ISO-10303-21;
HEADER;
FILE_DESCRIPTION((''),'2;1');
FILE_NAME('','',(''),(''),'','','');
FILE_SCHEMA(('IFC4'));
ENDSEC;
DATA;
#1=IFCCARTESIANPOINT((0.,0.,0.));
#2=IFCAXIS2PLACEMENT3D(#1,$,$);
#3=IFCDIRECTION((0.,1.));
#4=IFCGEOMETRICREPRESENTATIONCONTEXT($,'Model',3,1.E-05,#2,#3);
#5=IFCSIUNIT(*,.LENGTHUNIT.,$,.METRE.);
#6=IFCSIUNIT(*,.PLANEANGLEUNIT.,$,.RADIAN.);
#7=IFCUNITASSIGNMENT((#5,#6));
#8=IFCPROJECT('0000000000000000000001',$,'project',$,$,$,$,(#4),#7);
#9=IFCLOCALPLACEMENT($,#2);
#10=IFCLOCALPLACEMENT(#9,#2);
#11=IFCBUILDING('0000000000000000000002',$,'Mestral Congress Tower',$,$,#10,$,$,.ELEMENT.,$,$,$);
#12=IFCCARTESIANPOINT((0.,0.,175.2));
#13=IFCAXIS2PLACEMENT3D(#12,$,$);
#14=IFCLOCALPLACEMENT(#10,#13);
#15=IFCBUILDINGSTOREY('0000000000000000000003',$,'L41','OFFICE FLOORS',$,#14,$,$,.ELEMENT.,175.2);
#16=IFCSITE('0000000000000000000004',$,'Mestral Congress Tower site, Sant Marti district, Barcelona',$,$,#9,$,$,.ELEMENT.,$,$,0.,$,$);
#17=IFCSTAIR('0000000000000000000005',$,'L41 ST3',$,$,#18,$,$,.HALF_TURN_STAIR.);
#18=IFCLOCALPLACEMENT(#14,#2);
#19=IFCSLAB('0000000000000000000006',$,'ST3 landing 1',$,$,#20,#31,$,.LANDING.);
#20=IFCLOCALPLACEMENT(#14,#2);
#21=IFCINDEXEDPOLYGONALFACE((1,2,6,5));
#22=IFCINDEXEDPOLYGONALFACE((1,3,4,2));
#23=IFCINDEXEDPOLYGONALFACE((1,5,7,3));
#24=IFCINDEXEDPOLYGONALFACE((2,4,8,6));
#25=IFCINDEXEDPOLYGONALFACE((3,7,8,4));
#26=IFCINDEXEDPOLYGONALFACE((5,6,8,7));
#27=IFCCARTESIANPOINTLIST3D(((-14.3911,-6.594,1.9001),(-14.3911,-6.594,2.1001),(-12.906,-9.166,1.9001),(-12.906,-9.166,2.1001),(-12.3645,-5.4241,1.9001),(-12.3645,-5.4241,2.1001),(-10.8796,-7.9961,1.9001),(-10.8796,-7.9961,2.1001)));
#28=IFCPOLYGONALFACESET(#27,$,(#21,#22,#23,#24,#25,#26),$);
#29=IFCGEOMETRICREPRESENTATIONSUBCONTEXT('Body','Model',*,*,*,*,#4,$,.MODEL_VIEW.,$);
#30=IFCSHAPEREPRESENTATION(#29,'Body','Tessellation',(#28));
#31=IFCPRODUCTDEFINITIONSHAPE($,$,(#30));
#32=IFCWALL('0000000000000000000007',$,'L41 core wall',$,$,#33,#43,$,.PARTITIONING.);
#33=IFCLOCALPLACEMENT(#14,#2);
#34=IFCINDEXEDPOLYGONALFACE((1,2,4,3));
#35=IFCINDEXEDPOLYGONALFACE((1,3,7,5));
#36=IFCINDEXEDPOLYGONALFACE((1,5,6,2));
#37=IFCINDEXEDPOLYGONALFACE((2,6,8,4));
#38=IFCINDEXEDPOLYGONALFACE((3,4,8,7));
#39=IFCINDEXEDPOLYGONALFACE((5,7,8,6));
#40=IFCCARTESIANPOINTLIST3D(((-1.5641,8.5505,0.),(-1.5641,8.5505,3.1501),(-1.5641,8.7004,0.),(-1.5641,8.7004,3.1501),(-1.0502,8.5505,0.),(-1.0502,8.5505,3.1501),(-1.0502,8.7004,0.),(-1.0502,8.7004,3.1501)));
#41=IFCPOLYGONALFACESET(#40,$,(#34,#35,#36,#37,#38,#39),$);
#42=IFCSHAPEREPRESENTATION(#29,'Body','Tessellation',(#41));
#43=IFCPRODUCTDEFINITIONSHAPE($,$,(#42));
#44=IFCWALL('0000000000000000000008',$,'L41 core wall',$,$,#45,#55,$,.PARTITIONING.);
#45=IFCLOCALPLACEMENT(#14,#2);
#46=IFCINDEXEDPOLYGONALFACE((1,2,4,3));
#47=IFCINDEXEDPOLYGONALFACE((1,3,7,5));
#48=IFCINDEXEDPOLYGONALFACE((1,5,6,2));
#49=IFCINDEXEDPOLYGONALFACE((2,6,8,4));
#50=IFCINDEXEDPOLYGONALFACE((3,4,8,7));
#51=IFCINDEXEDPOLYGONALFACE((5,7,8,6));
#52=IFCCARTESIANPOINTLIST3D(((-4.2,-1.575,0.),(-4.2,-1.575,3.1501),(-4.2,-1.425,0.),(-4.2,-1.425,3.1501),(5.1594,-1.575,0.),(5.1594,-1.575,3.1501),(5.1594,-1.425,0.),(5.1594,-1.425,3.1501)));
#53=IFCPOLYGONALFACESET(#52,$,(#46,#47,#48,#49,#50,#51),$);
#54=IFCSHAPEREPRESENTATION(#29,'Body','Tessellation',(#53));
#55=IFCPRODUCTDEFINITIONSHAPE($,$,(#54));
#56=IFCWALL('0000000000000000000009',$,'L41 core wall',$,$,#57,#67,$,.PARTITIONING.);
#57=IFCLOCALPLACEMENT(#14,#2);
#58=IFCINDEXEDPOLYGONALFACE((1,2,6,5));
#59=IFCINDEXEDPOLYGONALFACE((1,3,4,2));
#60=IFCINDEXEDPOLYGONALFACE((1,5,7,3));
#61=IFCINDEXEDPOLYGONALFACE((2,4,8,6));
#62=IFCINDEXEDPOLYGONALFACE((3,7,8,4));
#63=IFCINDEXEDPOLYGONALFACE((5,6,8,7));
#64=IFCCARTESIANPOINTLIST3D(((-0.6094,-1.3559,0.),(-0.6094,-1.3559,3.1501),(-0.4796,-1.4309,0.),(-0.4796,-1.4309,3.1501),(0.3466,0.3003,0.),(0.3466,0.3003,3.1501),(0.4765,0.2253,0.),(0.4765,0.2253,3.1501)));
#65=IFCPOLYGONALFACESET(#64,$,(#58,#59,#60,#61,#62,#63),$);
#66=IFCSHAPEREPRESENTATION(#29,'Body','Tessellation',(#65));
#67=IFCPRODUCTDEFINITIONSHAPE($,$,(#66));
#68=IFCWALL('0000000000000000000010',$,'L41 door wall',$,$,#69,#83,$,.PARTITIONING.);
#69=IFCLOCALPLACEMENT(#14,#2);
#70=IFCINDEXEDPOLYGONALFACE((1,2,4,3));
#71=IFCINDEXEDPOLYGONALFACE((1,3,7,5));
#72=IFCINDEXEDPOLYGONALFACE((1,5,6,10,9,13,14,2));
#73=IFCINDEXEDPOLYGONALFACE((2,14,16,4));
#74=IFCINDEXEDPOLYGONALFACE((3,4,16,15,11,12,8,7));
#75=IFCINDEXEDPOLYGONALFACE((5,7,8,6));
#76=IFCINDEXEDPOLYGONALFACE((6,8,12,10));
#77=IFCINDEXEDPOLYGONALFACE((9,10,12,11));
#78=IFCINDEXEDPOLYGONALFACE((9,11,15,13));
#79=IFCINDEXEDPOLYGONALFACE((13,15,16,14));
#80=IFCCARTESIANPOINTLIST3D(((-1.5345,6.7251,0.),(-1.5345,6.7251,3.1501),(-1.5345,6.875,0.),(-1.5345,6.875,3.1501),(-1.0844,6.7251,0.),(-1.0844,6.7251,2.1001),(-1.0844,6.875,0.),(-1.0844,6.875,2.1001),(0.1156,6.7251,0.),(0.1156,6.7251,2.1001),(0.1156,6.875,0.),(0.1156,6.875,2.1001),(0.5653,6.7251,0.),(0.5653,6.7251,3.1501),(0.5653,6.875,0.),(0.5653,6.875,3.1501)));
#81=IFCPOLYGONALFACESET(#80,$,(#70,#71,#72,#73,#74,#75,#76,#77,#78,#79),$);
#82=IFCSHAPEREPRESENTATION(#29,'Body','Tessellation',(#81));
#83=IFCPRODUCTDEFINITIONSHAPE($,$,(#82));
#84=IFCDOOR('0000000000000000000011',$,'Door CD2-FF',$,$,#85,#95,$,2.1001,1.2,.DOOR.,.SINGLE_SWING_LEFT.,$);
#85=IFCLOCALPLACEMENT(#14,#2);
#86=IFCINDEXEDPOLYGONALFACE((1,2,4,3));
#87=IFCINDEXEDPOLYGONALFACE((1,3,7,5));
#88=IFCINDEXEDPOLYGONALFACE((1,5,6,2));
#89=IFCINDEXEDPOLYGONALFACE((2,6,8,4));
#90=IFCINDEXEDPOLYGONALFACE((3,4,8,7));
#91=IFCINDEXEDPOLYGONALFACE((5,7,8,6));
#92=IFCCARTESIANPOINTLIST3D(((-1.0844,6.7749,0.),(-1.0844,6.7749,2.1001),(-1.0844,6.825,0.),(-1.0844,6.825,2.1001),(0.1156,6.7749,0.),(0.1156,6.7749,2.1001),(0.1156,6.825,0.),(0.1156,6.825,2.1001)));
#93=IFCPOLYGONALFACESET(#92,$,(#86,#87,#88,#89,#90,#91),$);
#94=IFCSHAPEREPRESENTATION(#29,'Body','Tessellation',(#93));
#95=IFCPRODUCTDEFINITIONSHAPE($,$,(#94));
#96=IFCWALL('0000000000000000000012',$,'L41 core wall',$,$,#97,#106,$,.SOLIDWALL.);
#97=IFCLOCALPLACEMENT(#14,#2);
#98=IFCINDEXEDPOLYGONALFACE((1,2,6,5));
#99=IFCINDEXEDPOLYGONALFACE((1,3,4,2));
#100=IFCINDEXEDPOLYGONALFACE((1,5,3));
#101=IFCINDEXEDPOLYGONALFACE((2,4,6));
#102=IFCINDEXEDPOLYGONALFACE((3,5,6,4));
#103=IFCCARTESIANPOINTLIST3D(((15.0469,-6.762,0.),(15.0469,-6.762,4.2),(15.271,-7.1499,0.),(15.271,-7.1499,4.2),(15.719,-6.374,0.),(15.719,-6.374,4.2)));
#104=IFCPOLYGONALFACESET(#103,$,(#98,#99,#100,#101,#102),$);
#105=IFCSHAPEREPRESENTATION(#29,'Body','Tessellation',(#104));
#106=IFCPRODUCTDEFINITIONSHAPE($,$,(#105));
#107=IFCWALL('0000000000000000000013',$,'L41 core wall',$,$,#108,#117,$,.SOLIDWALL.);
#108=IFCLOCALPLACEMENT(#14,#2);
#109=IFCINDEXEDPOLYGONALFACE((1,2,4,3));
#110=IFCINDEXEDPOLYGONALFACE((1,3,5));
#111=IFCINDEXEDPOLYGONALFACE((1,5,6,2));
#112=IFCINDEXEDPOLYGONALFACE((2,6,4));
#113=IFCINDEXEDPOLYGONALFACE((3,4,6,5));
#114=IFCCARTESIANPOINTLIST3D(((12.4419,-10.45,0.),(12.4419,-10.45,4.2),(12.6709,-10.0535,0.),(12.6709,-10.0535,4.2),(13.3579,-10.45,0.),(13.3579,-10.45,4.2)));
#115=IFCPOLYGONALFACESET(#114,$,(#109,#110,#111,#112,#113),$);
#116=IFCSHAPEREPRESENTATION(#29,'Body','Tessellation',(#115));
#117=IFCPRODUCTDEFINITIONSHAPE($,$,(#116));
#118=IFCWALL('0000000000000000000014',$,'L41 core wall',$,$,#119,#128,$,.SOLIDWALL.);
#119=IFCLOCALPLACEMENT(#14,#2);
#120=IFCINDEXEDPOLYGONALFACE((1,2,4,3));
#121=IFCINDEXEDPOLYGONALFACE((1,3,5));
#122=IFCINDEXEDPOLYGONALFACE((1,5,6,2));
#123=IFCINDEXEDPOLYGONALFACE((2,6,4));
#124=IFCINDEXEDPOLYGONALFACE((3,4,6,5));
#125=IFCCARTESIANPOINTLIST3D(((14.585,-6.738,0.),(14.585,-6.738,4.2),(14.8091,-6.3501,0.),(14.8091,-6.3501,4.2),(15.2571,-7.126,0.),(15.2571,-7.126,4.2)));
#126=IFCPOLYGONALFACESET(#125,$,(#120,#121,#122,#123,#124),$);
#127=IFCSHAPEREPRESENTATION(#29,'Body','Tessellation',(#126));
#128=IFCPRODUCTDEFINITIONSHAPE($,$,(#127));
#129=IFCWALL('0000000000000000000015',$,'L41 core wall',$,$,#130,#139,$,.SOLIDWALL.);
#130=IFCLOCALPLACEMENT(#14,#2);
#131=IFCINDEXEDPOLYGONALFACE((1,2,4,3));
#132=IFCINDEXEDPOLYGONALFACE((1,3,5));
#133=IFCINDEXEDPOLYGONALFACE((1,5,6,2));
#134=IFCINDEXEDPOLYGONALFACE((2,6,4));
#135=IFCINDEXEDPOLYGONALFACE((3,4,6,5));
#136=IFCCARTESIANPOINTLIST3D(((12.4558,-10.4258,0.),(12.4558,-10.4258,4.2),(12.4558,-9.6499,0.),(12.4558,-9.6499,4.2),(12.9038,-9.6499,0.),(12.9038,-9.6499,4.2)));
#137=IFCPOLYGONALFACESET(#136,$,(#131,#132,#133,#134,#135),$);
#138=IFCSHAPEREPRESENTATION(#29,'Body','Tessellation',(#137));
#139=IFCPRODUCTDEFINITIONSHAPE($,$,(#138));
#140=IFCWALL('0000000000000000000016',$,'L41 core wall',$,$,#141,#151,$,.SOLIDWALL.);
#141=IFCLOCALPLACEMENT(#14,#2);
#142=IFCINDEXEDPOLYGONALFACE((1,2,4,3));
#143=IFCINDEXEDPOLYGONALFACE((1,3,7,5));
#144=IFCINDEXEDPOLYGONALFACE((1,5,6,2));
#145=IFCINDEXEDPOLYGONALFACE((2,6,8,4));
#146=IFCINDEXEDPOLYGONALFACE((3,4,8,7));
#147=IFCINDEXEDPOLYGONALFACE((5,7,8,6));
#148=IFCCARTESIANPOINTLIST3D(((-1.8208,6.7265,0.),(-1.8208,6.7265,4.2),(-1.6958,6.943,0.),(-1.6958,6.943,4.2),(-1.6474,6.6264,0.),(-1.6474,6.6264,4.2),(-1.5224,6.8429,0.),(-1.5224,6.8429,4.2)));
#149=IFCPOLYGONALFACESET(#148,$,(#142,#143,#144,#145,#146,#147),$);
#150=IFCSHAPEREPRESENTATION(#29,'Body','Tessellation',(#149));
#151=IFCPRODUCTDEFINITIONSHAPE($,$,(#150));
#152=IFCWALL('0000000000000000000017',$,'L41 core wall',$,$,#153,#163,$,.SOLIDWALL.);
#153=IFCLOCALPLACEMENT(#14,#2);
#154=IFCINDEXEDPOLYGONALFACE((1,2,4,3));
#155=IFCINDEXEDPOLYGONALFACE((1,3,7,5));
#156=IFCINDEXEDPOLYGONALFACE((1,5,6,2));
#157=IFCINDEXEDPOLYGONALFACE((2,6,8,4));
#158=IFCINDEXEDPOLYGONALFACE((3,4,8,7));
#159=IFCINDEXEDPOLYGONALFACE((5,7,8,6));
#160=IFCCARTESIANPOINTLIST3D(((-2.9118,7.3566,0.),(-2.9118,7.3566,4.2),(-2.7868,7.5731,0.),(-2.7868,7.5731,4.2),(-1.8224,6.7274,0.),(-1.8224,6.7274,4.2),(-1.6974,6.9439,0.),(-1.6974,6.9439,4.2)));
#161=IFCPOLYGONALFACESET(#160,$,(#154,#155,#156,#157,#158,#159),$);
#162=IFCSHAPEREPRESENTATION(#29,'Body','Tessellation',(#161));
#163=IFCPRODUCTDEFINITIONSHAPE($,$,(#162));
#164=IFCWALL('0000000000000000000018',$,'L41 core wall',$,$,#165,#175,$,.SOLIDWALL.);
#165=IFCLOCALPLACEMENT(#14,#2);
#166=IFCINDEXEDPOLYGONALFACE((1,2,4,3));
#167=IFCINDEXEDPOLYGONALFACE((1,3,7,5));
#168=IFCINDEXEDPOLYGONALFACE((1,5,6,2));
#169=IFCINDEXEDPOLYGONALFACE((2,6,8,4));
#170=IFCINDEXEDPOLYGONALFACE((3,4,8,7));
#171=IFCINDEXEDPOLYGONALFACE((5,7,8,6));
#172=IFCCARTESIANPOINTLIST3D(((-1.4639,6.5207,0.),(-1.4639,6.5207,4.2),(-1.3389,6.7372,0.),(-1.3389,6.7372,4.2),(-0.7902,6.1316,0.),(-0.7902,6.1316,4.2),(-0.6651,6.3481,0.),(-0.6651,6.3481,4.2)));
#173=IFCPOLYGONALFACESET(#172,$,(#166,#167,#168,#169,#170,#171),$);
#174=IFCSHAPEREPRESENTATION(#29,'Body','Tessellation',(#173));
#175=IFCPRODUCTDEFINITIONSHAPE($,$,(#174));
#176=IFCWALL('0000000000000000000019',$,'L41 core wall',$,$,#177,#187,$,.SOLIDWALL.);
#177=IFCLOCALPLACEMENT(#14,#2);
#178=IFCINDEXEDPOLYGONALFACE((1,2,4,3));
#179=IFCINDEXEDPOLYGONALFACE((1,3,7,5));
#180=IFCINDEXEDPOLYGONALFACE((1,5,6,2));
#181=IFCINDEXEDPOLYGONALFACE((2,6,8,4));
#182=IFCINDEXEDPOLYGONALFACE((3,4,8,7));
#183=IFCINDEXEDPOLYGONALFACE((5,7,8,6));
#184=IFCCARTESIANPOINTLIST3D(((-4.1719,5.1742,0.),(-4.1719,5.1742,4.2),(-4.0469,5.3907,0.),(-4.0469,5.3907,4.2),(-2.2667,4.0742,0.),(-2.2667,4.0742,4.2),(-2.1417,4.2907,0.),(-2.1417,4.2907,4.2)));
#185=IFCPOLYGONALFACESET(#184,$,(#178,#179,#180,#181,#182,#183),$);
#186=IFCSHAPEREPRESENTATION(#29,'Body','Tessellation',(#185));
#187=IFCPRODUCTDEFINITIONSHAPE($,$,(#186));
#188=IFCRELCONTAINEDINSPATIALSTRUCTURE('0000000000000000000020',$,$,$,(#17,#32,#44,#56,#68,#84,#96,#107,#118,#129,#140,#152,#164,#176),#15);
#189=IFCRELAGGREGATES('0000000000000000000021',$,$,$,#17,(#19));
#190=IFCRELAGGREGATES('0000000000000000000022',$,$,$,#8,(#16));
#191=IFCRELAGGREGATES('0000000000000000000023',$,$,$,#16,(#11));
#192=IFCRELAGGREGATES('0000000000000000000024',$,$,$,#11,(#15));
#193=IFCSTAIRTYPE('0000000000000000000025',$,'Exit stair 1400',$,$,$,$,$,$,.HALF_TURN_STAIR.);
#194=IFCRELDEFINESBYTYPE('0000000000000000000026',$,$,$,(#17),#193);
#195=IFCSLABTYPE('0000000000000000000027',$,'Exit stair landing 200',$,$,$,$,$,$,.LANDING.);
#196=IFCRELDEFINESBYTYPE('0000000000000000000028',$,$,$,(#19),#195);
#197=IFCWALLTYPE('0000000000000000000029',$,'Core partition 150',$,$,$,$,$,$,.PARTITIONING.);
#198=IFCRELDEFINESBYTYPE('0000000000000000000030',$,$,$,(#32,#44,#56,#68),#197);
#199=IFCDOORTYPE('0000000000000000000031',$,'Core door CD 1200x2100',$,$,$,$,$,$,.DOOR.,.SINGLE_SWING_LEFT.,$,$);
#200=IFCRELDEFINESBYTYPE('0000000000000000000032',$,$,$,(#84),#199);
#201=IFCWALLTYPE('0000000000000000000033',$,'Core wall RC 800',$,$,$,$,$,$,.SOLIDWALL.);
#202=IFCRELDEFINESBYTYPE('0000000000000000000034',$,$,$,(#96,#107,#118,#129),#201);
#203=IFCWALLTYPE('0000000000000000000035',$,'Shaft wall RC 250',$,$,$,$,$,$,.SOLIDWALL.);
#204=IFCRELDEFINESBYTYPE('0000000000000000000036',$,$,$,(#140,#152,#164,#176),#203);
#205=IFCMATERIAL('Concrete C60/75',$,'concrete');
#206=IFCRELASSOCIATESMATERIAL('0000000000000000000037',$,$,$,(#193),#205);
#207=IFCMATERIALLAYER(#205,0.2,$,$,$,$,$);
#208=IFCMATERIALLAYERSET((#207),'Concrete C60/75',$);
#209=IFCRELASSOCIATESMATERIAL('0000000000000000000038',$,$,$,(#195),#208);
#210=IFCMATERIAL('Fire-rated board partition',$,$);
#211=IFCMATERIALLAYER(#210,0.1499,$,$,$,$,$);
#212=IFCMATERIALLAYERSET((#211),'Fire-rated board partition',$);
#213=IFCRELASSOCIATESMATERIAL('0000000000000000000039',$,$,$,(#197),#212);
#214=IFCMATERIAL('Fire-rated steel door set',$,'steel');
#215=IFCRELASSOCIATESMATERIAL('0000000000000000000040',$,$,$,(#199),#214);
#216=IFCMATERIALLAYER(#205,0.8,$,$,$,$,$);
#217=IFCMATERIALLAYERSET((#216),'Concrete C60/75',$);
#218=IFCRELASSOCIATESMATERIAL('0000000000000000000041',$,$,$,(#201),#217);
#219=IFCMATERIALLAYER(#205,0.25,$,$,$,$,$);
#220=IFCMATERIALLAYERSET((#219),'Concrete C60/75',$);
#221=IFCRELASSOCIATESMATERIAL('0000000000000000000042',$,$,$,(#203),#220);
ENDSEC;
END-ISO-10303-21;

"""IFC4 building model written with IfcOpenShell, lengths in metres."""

from ifc_helpers import new_model, si_unit, direction, frame, frame_2d, origin, place, context, subcontext, project, spatial, polyline, rectangle, outline, extrude, material, layer, layer_set, type_object, element, fill, aggregate, save


model = new_model("IFC4")

# Units and contexts
model_context = context("Model", 3, precision=1e-05, world=origin(), true_north=direction((0.0, 1.0)))
body_context = subcontext(model_context, "Body", "Model", "MODEL_VIEW")
ifc_project = project(units=[si_unit("LENGTHUNIT", "METRE"), si_unit("PLANEANGLEUNIT", "RADIAN")], contexts=[model_context])

# Site, building, storey
site_placement = place(None, origin())
site = spatial("IfcSite", under=ifc_project, at=site_placement, Name="Mestral Congress Tower site, Sant Marti district, Barcelona", CompositionType="ELEMENT", RefElevation=0.0)
building_placement = place(site_placement, origin())
building = spatial("IfcBuilding", under=site, at=building_placement, Name="Mestral Congress Tower", CompositionType="ELEMENT")
storey_placement = place(building_placement, frame((0.0, 0.0, 175.2)))
storey = spatial("IfcBuildingStorey", under=building, at=storey_placement, Name="L41", Description="OFFICE FLOORS", CompositionType="ELEMENT", Elevation=175.2)

# Shared definitions
ifc_material_1 = material(Name="Concrete C60/75", Category="concrete")

# Stair, slab
stair_type = type_object("IfcStairType", Name="Exit stair 1400", PredefinedType="HALF_TURN_STAIR", material=ifc_material_1)
placement_1 = place(storey_placement, origin())
ifc_layer_1 = layer(ifc_material_1, 0.2)
ifc_layer_set_1 = layer_set([ifc_layer_1], Name="Concrete C60/75")
slab_type_1 = type_object("IfcSlabType", Name="Exit stair landing 200", PredefinedType="LANDING", material=ifc_layer_set_1)
placement_2 = place(storey_placement, frame((0.0, 0.0, 1.9001)))
stair_1 = element("IfcStair", 1, at=placement_1, inside=storey, type_object=stair_type, Name="L41 ST3", PredefinedType="HALF_TURN_STAIR")
slab_1 = element("IfcSlab", 2, at=placement_2, type_object=slab_type_1, Name="ST3 landing 1", PredefinedType="LANDING", context=body_context, shape_type="SweptSolid", body=[
    extrude(outline(polyline([(-12.3645, -5.4241), (-10.8796, -7.9961), (-12.906, -9.166), (-14.3911, -6.594), (-12.3645, -5.4241)])), origin(), (0.0, 0.0, 1.0), 0.2),
])
aggregate(stair_1, [slab_1])

# Walls
ifc_material_2 = material(Name="Fire-rated board partition")
ifc_layer_2 = layer(ifc_material_2, 0.1499)
ifc_layer_set_2 = layer_set([ifc_layer_2], Name="Fire-rated board partition")
wall_type_1 = type_object("IfcWallType", Name="Core partition 150", PredefinedType="PARTITIONING", material=ifc_layer_set_2)
wall_1_placement = place(storey_placement, frame((-1.564, 8.6255, 0.0), z_axis=(0.0, 0.0, 1.0), x_axis=(1.0, 0.0, 0.0)))
element("IfcWall", 3, at=wall_1_placement, inside=storey, type_object=wall_type_1, Name="L41 core wall", PredefinedType="PARTITIONING", context=body_context, shape_type="SweptSolid", body=[
    extrude(rectangle(XDim=0.5139, YDim=0.1499, at=frame_2d((0.2568, 0.0))), origin(), (0.0, 0.0, 1.0), 3.1501),
])
wall_2_placement = place(storey_placement, frame((-4.2, -1.5, 0.0), z_axis=(0.0, 0.0, 1.0), x_axis=(1.0, 0.0, 0.0)))
element("IfcWall", 4, at=wall_2_placement, inside=storey, type_object=wall_type_1, Name="L41 core wall", PredefinedType="PARTITIONING", context=body_context, shape_type="SweptSolid", body=[
    extrude(rectangle(XDim=9.3594, YDim=0.1499, at=frame_2d((4.6797, 0.0))), origin(), (0.0, 0.0, 1.0), 3.1501),
])
wall_3_placement = place(storey_placement, frame((-0.5444, -1.3933, 0.0), z_axis=(0.0, 0.0, 1.0), x_axis=(0.499929, 0.866067, 0.0)))
element("IfcWall", 5, at=wall_3_placement, inside=storey, type_object=wall_type_1, Name="L41 core wall", PredefinedType="PARTITIONING", context=body_context, shape_type="SweptSolid", body=[
    extrude(rectangle(XDim=1.9124, YDim=0.1499, at=frame_2d((0.9561, 0.0))), origin(), (0.0, 0.0, 1.0), 3.1501),
])

# Wall, opening, door
wall_4_placement = place(storey_placement, frame((-1.5344, 6.8, 0.0), z_axis=(0.0, 0.0, 1.0), x_axis=(1.0, 0.0, 0.0)))
wall_4 = element("IfcWall", 6, at=wall_4_placement, inside=storey, type_object=wall_type_1, Name="L41 door wall", PredefinedType="PARTITIONING", context=body_context, shape_type="SweptSolid", body=[
    extrude(rectangle(XDim=2.0999, YDim=0.1499, at=frame_2d((1.0498, 0.0))), origin(), (0.0, 0.0, 1.0), 3.1501),
])
opening_1_placement = place(wall_4_placement, frame((0.45, 0.0, 0.0)))
opening_1 = element("IfcOpeningElement", 7, at=opening_1_placement, cuts=wall_4, PredefinedType="OPENING", context=body_context, shape_type="SweptSolid", body=[
    extrude(rectangle(XDim=1.2, YDim=2.1001, at=frame_2d((0.6001, 1.05))), frame((0.0, 0.085, 0.0), z_axis=(0.0, -1.0, 0.0), x_axis=(1.0, 0.0, 0.0)), (0.0, 0.0, 1.0), 0.1699),
])
ifc_material_3 = material(Name="Fire-rated steel door set", Category="steel")
door_type_1 = type_object("IfcDoorType", Name="Core door CD 1200x2100", OperationType="SINGLE_SWING_LEFT", PredefinedType="DOOR", material=ifc_material_3)
door_1_placement = place(opening_1_placement, origin())
door_1 = element("IfcDoor", 8, at=door_1_placement, inside=storey, type_object=door_type_1, Name="Door CD2-FF", OperationType="SINGLE_SWING_LEFT", OverallHeight=2.1001, OverallWidth=1.2, PredefinedType="DOOR", context=body_context, shape_type="SweptSolid", body=[
    extrude(rectangle(XDim=1.2, YDim=2.1001, at=frame_2d((0.6001, 1.05))), frame((0.0, 0.0249, 0.0), z_axis=(0.0, -1.0, 0.0), x_axis=(1.0, 0.0, 0.0)), (0.0, 0.0, 1.0), 0.05),
])
fill(opening_1, door_1)

# Walls
ifc_layer_3 = layer(ifc_material_1, 0.8)
ifc_layer_set_3 = layer_set([ifc_layer_3], Name="Concrete C60/75")
wall_type_2 = type_object("IfcWallType", Name="Core wall RC 800", PredefinedType="SOLIDWALL", material=ifc_layer_set_3)
element("IfcWall", 9, at=placement_1, inside=storey, type_object=wall_type_2, Name="L41 core wall", PredefinedType="SOLIDWALL", context=body_context, shape_type="SweptSolid", body=[
    extrude(outline(polyline([(15.271, -7.1499), (15.0469, -6.762), (15.719, -6.374), (15.271, -7.1499)])), origin(), (0.0, 0.0, 1.0), 4.2),
])
element("IfcWall", 10, at=placement_1, inside=storey, type_object=wall_type_2, Name="L41 core wall", PredefinedType="SOLIDWALL", context=body_context, shape_type="SweptSolid", body=[
    extrude(outline(polyline([(12.4419, -10.45), (12.6709, -10.0535), (13.3579, -10.45), (12.4419, -10.45)])), origin(), (0.0, 0.0, 1.0), 4.2),
])
element("IfcWall", 11, at=placement_1, inside=storey, type_object=wall_type_2, Name="L41 core wall", PredefinedType="SOLIDWALL", context=body_context, shape_type="SweptSolid", body=[
    extrude(outline(polyline([(14.8091, -6.3501), (15.2571, -7.126), (14.585, -6.738), (14.8091, -6.3501)])), origin(), (0.0, 0.0, 1.0), 4.2),
])
element("IfcWall", 12, at=placement_1, inside=storey, type_object=wall_type_2, Name="L41 core wall", PredefinedType="SOLIDWALL", context=body_context, shape_type="SweptSolid", body=[
    extrude(outline(polyline([(12.9038, -9.6499), (12.4558, -10.4258), (12.4558, -9.6499), (12.9038, -9.6499)])), origin(), (0.0, 0.0, 1.0), 4.2),
])
ifc_layer_4 = layer(ifc_material_1, 0.25)
ifc_layer_set_4 = layer_set([ifc_layer_4], Name="Concrete C60/75")
wall_type_3 = type_object("IfcWallType", Name="Shaft wall RC 250", PredefinedType="SOLIDWALL", material=ifc_layer_set_4)
wall_5_placement = place(storey_placement, frame((-1.7583, 6.8347, 0.0), z_axis=(0.0, 0.0, 1.0), x_axis=(0.865982, -0.500074, 0.0)))
element("IfcWall", 13, at=wall_5_placement, inside=storey, type_object=wall_type_3, Name="L41 core wall", PredefinedType="SOLIDWALL", context=body_context, shape_type="SweptSolid", body=[
    extrude(rectangle(XDim=0.2002, YDim=0.25, at=frame_2d((0.1001, 0.0))), origin(), (0.0, 0.0, 1.0), 4.2),
])
wall_6_placement = place(storey_placement, frame((-1.76, 6.8357, 0.0), z_axis=(0.0, 0.0, 1.0), x_axis=(-0.865953, 0.500126, 0.0)))
element("IfcWall", 14, at=wall_6_placement, inside=storey, type_object=wall_type_3, Name="L41 core wall", PredefinedType="SOLIDWALL", context=body_context, shape_type="SweptSolid", body=[
    extrude(rectangle(XDim=1.2581, YDim=0.25, at=frame_2d((0.6289, 0.0))), origin(), (0.0, 0.0, 1.0), 4.2),
])
wall_7_placement = place(storey_placement, frame((-0.7275, 6.2397, 0.0), z_axis=(0.0, 0.0, 1.0), x_axis=(-0.865956, 0.500121, 0.0)))
element("IfcWall", 15, at=wall_7_placement, inside=storey, type_object=wall_type_3, Name="L41 core wall", PredefinedType="SOLIDWALL", context=body_context, shape_type="SweptSolid", body=[
    extrude(rectangle(XDim=0.7781, YDim=0.25, at=frame_2d((0.3892, 0.0))), origin(), (0.0, 0.0, 1.0), 4.2),
])
for number, where, z_axis, x_axis, name in (
    (16, (-2.2041, 4.1824, 0.0), (0.0, 0.0, 1.0), (-0.866008, 0.50003, 0.0), "L41 core wall"),
):
    element("IfcWall", number, at=place(storey_placement, frame(where, z_axis=z_axis, x_axis=x_axis)), inside=storey, type_object=wall_type_3, Name=name, PredefinedType="SOLIDWALL", context=body_context, shape_type="SweptSolid", body=[
        extrude(rectangle(XDim=2.2, YDim=0.25, at=frame_2d((1.1001, 0.0))), origin(), (0.0, 0.0, 1.0), 4.2),
    ])

save(model, "model.ifc")
